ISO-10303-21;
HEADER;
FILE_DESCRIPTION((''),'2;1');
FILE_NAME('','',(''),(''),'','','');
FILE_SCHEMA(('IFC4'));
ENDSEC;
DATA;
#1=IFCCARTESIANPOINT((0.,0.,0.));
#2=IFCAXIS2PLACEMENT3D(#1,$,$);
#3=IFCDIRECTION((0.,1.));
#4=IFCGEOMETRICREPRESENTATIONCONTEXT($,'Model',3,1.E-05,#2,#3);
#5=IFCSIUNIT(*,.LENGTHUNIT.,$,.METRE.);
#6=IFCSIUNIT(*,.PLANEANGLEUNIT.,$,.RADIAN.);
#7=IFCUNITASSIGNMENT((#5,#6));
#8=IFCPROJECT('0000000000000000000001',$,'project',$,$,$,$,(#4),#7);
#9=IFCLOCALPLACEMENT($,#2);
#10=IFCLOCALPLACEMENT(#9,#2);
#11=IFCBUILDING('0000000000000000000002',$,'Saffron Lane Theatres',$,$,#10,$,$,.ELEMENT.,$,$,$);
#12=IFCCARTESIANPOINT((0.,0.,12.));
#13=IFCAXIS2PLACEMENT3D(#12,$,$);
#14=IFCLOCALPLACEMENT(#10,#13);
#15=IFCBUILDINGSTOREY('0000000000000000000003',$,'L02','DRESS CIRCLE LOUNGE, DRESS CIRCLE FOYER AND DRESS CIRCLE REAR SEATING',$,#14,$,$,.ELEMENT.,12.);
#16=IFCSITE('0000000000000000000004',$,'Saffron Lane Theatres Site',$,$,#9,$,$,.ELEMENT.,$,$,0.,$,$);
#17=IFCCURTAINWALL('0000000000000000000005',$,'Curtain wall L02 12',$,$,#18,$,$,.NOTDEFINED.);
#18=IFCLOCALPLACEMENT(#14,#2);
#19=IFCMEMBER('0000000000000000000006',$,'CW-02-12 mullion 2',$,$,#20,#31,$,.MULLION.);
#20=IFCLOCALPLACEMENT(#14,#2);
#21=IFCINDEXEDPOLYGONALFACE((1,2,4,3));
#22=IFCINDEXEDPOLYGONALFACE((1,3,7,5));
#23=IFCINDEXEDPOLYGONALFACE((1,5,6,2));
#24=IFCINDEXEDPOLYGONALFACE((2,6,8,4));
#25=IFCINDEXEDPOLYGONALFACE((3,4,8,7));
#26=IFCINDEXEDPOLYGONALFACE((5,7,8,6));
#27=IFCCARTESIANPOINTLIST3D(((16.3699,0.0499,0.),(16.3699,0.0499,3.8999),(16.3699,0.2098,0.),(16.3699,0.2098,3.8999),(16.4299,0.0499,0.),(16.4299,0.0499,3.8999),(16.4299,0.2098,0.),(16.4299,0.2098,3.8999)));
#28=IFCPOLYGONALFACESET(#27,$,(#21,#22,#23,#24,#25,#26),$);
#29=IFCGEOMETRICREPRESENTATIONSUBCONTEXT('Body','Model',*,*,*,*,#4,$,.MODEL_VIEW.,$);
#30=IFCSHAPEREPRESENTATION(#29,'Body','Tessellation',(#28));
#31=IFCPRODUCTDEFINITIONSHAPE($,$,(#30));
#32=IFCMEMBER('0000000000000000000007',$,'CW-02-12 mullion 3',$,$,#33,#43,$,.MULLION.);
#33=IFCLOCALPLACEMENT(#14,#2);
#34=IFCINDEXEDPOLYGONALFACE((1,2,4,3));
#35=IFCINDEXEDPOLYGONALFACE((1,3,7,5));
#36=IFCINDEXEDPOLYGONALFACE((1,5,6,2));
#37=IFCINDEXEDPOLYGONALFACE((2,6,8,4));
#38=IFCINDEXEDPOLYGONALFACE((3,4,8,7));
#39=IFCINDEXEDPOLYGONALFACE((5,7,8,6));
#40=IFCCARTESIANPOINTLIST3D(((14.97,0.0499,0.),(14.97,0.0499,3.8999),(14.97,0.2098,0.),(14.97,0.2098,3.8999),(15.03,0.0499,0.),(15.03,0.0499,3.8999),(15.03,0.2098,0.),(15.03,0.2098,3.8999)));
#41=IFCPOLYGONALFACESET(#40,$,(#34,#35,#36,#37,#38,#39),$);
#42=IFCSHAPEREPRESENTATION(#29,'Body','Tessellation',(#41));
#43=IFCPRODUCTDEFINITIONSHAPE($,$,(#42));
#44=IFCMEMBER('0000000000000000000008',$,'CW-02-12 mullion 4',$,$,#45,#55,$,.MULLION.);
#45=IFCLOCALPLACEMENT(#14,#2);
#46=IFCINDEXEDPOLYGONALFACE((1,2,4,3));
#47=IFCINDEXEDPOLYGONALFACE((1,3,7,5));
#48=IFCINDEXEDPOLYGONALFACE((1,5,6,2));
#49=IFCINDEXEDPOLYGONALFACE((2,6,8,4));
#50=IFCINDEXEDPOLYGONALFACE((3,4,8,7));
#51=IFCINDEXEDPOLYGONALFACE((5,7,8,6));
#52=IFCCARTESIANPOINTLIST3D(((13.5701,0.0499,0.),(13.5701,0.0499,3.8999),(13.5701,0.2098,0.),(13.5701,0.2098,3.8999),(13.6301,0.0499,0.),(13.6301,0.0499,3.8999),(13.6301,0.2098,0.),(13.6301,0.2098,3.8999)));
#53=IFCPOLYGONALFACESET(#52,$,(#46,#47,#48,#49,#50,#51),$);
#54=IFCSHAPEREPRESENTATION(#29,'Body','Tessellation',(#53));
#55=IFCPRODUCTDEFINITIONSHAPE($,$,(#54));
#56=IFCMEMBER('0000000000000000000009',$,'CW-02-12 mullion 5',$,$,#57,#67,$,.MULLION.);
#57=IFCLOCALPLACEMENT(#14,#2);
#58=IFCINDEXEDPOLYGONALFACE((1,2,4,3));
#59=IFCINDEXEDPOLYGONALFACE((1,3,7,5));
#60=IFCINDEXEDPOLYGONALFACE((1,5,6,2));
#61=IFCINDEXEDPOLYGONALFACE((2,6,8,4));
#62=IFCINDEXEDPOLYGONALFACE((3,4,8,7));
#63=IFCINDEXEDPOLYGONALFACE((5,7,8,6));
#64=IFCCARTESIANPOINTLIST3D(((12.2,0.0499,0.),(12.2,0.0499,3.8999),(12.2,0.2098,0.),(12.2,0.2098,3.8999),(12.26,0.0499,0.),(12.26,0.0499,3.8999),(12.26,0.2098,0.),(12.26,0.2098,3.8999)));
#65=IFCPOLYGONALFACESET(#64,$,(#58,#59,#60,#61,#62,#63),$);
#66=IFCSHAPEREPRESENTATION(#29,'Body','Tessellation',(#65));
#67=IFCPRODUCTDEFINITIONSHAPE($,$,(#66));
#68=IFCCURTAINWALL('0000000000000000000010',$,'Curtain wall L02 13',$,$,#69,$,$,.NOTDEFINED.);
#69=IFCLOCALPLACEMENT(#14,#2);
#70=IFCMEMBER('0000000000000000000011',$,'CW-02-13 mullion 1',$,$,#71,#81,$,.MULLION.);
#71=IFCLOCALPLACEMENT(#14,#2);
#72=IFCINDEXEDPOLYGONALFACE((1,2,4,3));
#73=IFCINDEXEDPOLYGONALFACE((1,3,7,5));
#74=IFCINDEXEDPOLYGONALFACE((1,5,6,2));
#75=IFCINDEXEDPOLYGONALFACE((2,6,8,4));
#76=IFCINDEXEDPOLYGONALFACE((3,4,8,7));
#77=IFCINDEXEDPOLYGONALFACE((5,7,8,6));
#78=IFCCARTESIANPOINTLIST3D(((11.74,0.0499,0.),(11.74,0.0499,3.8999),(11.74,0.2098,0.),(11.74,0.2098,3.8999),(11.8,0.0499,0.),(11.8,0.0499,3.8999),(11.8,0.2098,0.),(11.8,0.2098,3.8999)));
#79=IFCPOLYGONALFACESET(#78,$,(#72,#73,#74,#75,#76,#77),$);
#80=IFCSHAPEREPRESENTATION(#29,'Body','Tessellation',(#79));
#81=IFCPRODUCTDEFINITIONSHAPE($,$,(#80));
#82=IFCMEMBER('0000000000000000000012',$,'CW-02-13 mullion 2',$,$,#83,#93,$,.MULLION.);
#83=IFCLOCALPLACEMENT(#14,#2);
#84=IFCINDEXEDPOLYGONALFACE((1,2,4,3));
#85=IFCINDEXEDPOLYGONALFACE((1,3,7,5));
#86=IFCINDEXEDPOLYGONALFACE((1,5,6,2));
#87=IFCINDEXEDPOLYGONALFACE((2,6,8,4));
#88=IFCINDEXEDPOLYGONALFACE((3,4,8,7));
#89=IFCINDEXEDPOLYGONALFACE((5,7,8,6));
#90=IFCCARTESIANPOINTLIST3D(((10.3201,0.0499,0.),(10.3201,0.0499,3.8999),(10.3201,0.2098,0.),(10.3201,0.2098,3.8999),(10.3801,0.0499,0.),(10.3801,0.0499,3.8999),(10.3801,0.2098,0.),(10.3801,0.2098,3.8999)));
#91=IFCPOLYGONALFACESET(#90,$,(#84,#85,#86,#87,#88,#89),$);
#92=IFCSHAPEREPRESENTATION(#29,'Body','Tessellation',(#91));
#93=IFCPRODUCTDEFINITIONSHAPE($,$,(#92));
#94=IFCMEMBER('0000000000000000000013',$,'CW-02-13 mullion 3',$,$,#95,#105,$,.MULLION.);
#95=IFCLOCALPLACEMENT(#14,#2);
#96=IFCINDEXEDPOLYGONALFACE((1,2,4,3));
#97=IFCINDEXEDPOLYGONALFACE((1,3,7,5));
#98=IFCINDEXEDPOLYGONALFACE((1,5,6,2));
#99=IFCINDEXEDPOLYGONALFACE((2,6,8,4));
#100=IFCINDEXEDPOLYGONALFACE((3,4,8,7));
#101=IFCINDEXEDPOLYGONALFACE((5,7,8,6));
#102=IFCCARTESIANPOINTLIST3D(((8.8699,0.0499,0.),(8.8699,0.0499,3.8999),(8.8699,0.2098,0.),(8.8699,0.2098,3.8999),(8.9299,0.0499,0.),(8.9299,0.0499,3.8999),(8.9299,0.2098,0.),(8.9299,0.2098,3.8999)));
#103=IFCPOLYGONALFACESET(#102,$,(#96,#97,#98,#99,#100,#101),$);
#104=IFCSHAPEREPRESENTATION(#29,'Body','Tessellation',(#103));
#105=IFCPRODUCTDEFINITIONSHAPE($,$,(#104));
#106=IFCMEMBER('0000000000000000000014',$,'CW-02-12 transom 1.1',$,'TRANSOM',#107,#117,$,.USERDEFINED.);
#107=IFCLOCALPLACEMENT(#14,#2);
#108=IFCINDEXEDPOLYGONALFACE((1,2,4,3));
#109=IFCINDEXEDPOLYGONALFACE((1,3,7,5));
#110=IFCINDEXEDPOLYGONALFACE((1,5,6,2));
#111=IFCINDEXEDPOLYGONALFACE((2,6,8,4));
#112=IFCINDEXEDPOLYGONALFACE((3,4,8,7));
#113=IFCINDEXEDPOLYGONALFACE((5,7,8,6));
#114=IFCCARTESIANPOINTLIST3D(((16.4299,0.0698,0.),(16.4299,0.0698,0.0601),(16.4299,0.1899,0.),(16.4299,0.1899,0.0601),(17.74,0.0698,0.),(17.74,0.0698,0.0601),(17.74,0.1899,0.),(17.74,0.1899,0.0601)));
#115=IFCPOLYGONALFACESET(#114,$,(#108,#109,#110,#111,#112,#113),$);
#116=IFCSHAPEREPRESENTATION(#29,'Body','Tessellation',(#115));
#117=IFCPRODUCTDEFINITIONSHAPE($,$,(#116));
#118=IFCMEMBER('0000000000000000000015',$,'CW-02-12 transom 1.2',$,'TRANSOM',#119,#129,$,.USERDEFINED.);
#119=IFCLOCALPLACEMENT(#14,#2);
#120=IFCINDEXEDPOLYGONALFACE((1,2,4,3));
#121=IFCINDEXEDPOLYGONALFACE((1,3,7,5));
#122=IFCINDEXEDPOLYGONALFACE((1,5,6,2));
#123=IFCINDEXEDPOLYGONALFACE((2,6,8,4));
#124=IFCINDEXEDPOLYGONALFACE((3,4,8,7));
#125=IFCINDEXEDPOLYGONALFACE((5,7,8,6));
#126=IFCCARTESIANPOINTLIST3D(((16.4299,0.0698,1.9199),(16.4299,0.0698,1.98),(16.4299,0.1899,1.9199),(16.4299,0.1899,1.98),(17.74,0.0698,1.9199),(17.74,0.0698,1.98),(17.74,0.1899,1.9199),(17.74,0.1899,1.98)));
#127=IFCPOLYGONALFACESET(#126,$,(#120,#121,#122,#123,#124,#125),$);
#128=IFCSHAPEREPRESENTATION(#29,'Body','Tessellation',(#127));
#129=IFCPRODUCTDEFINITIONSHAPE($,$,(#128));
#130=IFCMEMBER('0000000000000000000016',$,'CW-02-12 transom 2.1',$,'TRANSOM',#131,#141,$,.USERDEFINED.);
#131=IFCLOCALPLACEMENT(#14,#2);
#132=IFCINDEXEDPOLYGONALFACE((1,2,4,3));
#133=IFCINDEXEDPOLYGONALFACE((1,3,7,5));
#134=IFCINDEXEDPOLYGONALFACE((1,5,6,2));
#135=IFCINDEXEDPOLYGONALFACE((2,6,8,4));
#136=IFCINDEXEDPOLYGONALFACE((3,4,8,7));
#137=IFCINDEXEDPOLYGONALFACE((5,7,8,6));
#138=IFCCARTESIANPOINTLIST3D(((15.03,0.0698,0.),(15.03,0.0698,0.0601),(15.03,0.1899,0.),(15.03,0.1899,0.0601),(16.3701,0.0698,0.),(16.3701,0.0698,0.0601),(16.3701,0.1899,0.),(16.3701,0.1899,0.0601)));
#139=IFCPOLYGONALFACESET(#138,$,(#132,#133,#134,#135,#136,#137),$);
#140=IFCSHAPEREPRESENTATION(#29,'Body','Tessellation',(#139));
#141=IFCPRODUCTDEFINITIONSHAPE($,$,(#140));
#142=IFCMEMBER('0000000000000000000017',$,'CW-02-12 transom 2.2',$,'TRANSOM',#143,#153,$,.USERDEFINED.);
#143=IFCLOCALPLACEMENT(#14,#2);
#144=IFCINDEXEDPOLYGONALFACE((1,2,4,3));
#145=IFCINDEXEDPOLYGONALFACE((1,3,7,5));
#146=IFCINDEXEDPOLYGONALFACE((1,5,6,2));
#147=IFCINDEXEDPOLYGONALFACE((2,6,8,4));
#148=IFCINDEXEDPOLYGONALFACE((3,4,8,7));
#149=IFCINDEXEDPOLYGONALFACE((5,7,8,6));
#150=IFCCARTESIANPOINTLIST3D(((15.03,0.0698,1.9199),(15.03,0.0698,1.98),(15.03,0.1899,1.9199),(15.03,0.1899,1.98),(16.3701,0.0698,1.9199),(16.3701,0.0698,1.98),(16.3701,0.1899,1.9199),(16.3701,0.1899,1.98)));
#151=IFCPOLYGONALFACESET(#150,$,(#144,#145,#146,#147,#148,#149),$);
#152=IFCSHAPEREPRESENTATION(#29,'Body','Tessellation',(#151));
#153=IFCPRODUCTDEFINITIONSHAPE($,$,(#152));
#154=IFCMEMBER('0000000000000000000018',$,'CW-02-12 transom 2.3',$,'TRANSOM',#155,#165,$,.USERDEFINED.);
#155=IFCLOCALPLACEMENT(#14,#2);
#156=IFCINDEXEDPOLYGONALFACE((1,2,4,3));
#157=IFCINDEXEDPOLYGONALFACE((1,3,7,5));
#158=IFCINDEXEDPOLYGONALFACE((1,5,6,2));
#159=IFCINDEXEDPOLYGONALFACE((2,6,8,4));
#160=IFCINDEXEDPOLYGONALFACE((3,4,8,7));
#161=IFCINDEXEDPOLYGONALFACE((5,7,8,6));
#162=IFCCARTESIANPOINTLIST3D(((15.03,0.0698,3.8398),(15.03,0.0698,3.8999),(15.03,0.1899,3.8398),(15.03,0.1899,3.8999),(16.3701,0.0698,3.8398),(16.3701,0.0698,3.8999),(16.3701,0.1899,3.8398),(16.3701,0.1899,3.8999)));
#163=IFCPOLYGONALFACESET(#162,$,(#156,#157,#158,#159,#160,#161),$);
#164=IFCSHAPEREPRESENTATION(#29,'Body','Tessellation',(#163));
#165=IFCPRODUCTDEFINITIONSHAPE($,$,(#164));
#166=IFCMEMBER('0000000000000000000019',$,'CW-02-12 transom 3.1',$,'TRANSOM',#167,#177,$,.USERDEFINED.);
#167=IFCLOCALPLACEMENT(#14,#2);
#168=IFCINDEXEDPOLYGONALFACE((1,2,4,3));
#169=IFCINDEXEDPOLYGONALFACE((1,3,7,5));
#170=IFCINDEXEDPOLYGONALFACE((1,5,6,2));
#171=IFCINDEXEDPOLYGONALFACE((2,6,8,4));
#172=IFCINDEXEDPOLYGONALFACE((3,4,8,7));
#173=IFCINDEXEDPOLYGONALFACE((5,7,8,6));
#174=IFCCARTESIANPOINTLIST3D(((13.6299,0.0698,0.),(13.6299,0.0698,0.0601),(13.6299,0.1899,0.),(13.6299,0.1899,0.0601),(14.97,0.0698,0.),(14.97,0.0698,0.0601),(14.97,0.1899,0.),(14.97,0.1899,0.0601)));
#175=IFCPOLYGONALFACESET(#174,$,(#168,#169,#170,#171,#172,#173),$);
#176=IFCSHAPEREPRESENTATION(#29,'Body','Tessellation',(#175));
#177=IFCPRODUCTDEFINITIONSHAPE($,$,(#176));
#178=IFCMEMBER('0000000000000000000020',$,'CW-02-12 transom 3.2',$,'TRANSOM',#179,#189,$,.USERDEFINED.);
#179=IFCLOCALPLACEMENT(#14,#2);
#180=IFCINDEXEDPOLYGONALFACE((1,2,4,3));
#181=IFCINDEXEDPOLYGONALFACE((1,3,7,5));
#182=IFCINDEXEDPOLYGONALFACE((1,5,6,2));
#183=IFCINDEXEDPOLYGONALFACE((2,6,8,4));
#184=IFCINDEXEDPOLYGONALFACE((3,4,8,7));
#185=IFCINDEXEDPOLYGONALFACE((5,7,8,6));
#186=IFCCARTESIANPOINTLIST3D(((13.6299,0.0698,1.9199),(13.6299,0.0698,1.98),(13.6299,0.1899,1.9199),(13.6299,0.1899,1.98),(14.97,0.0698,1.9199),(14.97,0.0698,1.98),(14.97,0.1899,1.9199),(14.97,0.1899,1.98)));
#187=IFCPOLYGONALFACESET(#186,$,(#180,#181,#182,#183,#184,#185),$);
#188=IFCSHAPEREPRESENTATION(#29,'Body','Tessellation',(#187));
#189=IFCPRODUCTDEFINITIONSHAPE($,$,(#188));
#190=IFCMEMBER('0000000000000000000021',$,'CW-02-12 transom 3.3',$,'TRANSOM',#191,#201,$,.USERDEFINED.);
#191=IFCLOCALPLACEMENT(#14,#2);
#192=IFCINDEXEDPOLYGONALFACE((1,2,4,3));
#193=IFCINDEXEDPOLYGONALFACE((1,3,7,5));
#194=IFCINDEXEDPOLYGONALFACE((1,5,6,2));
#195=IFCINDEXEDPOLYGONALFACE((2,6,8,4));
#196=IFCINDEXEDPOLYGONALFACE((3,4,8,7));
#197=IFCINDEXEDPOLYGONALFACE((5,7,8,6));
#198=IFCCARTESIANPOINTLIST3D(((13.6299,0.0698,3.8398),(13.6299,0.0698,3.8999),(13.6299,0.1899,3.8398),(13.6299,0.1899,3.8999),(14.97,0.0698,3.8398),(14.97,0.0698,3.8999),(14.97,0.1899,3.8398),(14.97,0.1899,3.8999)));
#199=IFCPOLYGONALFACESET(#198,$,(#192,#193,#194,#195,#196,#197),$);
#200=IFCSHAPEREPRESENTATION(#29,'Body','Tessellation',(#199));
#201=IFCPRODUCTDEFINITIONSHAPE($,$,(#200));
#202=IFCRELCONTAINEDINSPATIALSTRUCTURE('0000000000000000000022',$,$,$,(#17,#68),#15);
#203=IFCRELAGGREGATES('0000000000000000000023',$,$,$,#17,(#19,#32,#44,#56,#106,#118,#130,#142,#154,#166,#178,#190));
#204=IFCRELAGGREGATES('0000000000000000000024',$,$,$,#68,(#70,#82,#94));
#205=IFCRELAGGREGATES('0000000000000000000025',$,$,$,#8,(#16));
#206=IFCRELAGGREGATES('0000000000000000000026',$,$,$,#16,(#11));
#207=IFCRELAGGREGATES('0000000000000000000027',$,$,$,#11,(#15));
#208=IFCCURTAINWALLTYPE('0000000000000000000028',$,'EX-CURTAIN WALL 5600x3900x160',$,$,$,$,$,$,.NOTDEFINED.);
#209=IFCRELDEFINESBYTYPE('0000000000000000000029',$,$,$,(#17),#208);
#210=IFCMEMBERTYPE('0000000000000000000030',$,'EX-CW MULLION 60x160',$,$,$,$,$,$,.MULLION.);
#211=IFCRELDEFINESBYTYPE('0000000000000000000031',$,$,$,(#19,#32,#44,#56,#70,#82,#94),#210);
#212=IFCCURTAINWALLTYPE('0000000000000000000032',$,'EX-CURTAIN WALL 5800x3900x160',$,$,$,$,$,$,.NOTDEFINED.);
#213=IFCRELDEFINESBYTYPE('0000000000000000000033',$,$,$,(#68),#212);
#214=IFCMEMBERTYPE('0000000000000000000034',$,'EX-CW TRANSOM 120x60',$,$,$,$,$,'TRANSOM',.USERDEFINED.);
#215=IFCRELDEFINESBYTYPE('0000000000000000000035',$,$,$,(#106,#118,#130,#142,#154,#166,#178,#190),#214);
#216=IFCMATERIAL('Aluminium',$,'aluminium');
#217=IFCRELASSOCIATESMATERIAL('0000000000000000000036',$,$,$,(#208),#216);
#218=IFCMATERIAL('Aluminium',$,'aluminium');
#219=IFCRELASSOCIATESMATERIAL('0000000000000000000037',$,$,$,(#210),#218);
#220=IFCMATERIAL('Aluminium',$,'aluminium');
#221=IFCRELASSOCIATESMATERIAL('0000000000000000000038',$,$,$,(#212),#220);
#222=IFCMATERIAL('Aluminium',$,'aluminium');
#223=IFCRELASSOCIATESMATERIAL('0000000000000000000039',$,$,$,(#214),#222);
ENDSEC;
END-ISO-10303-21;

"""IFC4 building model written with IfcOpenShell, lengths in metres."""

from ifc_helpers import new_model, si_unit, direction, frame, origin, origin_2d, place, context, subcontext, project, spatial, rectangle, extrude, material, material_profile, profile_set, type_object, element, aggregate, save


model = new_model("IFC4")

# Units and contexts
model_context = context("Model", 3, precision=1e-05, world=origin(), true_north=direction((0.0, 1.0)))
body_context = subcontext(model_context, "Body", "Model", "MODEL_VIEW")
ifc_project = project(units=[si_unit("LENGTHUNIT", "METRE"), si_unit("PLANEANGLEUNIT", "RADIAN")], contexts=[model_context])

# Site, building, storey
site_placement = place(None, origin())
site = spatial("IfcSite", under=ifc_project, at=site_placement, Name="Saffron Lane Theatres Site", CompositionType="ELEMENT", RefElevation=0.0)
building_placement = place(site_placement, origin())
building = spatial("IfcBuilding", under=site, at=building_placement, Name="Saffron Lane Theatres", CompositionType="ELEMENT")
storey_placement = place(building_placement, frame((0.0, 0.0, 12.0)))
storey = spatial("IfcBuildingStorey", under=building, at=storey_placement, Name="L02", Description="DRESS CIRCLE LOUNGE, DRESS CIRCLE FOYER AND DRESS CIRCLE REAR SEATING", CompositionType="ELEMENT", Elevation=12.0)

# Curtain walls, members
ifc_material_1 = material(Name="Aluminium", Category="aluminium")
curtain_wall_type_1 = type_object("IfcCurtainWallType", Name="EX-CURTAIN WALL 5600x3900x160", PredefinedType="NOTDEFINED", material=ifc_material_1)
curtain_wall_1_placement = place(storey_placement, origin())
curtain_wall_1 = element("IfcCurtainWall", 1, at=curtain_wall_1_placement, inside=storey, type_object=curtain_wall_type_1, Name="Curtain wall L02 12", PredefinedType="NOTDEFINED")
ifc_material_2 = material(Name="Aluminium", Category="aluminium")
ifc_material_profile_1 = material_profile(ifc_material_2, rectangle(XDim=0.0601, YDim=0.1599, at=origin_2d()))
ifc_profile_set_1 = profile_set([ifc_material_profile_1], Name="Aluminium")
member_type_1 = type_object("IfcMemberType", Name="EX-CW MULLION 60x160", PredefinedType="MULLION", material=ifc_profile_set_1)
member_1_placement = place(storey_placement, frame((16.3999, 0.1299, 0.0), z_axis=(0.0, 0.0, 1.0), x_axis=(-1.0, 0.0, 0.0)))
member_1 = element("IfcMember", 2, at=member_1_placement, type_object=member_type_1, Name="CW-02-12 mullion 2", PredefinedType="MULLION", context=body_context, shape_type="SweptSolid", body=[
    extrude(rectangle(XDim=0.0601, YDim=0.1599, at=origin_2d()), origin(), (0.0, 0.0, 1.0), 3.8999),
])
member_2_placement = place(storey_placement, frame((15.0, 0.1299, 0.0), z_axis=(0.0, 0.0, 1.0), x_axis=(-1.0, 0.0, 0.0)))
member_2 = element("IfcMember", 3, at=member_2_placement, type_object=member_type_1, Name="CW-02-12 mullion 3", PredefinedType="MULLION", context=body_context, shape_type="SweptSolid", body=[
    extrude(rectangle(XDim=0.0601, YDim=0.1599, at=origin_2d()), origin(), (0.0, 0.0, 1.0), 3.8999),
])
member_3_placement = place(storey_placement, frame((13.6001, 0.1299, 0.0), z_axis=(0.0, 0.0, 1.0), x_axis=(-1.0, 0.0, 0.0)))
member_3 = element("IfcMember", 4, at=member_3_placement, type_object=member_type_1, Name="CW-02-12 mullion 4", PredefinedType="MULLION", context=body_context, shape_type="SweptSolid", body=[
    extrude(rectangle(XDim=0.0601, YDim=0.1599, at=origin_2d()), origin(), (0.0, 0.0, 1.0), 3.8999),
])
member_4_placement = place(storey_placement, frame((12.23, 0.1299, 0.0), z_axis=(0.0, 0.0, 1.0), x_axis=(-1.0, 0.0, 0.0)))
member_4 = element("IfcMember", 5, at=member_4_placement, type_object=member_type_1, Name="CW-02-12 mullion 5", PredefinedType="MULLION", context=body_context, shape_type="SweptSolid", body=[
    extrude(rectangle(XDim=0.0601, YDim=0.1599, at=origin_2d()), origin(), (0.0, 0.0, 1.0), 3.8999),
])
ifc_material_3 = material(Name="Aluminium", Category="aluminium")
curtain_wall_type_2 = type_object("IfcCurtainWallType", Name="EX-CURTAIN WALL 5800x3900x160", PredefinedType="NOTDEFINED", material=ifc_material_3)
curtain_wall_2_placement = place(storey_placement, origin())
curtain_wall_2 = element("IfcCurtainWall", 6, at=curtain_wall_2_placement, inside=storey, type_object=curtain_wall_type_2, Name="Curtain wall L02 13", PredefinedType="NOTDEFINED")
member_5_placement = place(storey_placement, frame((11.77, 0.1299, 0.0), z_axis=(0.0, 0.0, 1.0), x_axis=(-1.0, 0.0, 0.0)))
member_5 = element("IfcMember", 7, at=member_5_placement, type_object=member_type_1, Name="CW-02-13 mullion 1", PredefinedType="MULLION", context=body_context, shape_type="SweptSolid", body=[
    extrude(rectangle(XDim=0.0601, YDim=0.1599, at=origin_2d()), origin(), (0.0, 0.0, 1.0), 3.8999),
])
member_6_placement = place(storey_placement, frame((10.3501, 0.1299, 0.0), z_axis=(0.0, 0.0, 1.0), x_axis=(-1.0, 0.0, 0.0)))
member_6 = element("IfcMember", 8, at=member_6_placement, type_object=member_type_1, Name="CW-02-13 mullion 2", PredefinedType="MULLION", context=body_context, shape_type="SweptSolid", body=[
    extrude(rectangle(XDim=0.0601, YDim=0.1599, at=origin_2d()), origin(), (0.0, 0.0, 1.0), 3.8999),
])
member_7_placement = place(storey_placement, frame((8.8999, 0.1299, 0.0), z_axis=(0.0, 0.0, 1.0), x_axis=(-1.0, 0.0, 0.0)))
member_7 = element("IfcMember", 9, at=member_7_placement, type_object=member_type_1, Name="CW-02-13 mullion 3", PredefinedType="MULLION", context=body_context, shape_type="SweptSolid", body=[
    extrude(rectangle(XDim=0.0601, YDim=0.1599, at=origin_2d()), origin(), (0.0, 0.0, 1.0), 3.8999),
])

# Members
ifc_material_4 = material(Name="Aluminium", Category="aluminium")
ifc_material_profile_2 = material_profile(ifc_material_4, rectangle(XDim=0.1201, YDim=0.0601, at=origin_2d()))
ifc_profile_set_2 = profile_set([ifc_material_profile_2], Name="Aluminium")
member_type_2 = type_object("IfcMemberType", Name="EX-CW TRANSOM 120x60", ElementType="TRANSOM", PredefinedType="USERDEFINED", material=ifc_profile_set_2)
member_8_placement = place(storey_placement, frame((17.74, 0.1299, 0.03), z_axis=(-1.0, 0.0, 0.0), x_axis=(0.0, -1.0, 0.0)))
member_8 = element("IfcMember", 10, at=member_8_placement, type_object=member_type_2, Name="CW-02-12 transom 1.1", ObjectType="TRANSOM", PredefinedType="USERDEFINED", context=body_context, shape_type="SweptSolid", body=[
    extrude(rectangle(XDim=0.1201, YDim=0.0601, at=origin_2d()), origin(), (0.0, 0.0, 1.0), 1.3101),
])
member_9_placement = place(storey_placement, frame((17.74, 0.1299, 1.95), z_axis=(-1.0, 0.0, 0.0), x_axis=(0.0, -1.0, 0.0)))
member_9 = element("IfcMember", 11, at=member_9_placement, type_object=member_type_2, Name="CW-02-12 transom 1.2", ObjectType="TRANSOM", PredefinedType="USERDEFINED", context=body_context, shape_type="SweptSolid", body=[
    extrude(rectangle(XDim=0.1201, YDim=0.0601, at=origin_2d()), origin(), (0.0, 0.0, 1.0), 1.3101),
])
member_10_placement = place(storey_placement, frame((16.3701, 0.1299, 0.03), z_axis=(-1.0, 0.0, 0.0), x_axis=(0.0, -1.0, 0.0)))
member_10 = element("IfcMember", 12, at=member_10_placement, type_object=member_type_2, Name="CW-02-12 transom 2.1", ObjectType="TRANSOM", PredefinedType="USERDEFINED", context=body_context, shape_type="SweptSolid", body=[
    extrude(rectangle(XDim=0.1201, YDim=0.0601, at=origin_2d()), origin(), (0.0, 0.0, 1.0), 1.3401),
])
member_11_placement = place(storey_placement, frame((16.3701, 0.1299, 1.95), z_axis=(-1.0, 0.0, 0.0), x_axis=(0.0, -1.0, 0.0)))
member_11 = element("IfcMember", 13, at=member_11_placement, type_object=member_type_2, Name="CW-02-12 transom 2.2", ObjectType="TRANSOM", PredefinedType="USERDEFINED", context=body_context, shape_type="SweptSolid", body=[
    extrude(rectangle(XDim=0.1201, YDim=0.0601, at=origin_2d()), origin(), (0.0, 0.0, 1.0), 1.3401),
])
member_12_placement = place(storey_placement, frame((16.3701, 0.1299, 3.8699), z_axis=(-1.0, 0.0, 0.0), x_axis=(0.0, -1.0, 0.0)))
member_12 = element("IfcMember", 14, at=member_12_placement, type_object=member_type_2, Name="CW-02-12 transom 2.3", ObjectType="TRANSOM", PredefinedType="USERDEFINED", context=body_context, shape_type="SweptSolid", body=[
    extrude(rectangle(XDim=0.1201, YDim=0.0601, at=origin_2d()), origin(), (0.0, 0.0, 1.0), 1.3401),
])
member_13_placement = place(storey_placement, frame((14.97, 0.1299, 0.03), z_axis=(-1.0, 0.0, 0.0), x_axis=(0.0, -1.0, 0.0)))
member_13 = element("IfcMember", 15, at=member_13_placement, type_object=member_type_2, Name="CW-02-12 transom 3.1", ObjectType="TRANSOM", PredefinedType="USERDEFINED", context=body_context, shape_type="SweptSolid", body=[
    extrude(rectangle(XDim=0.1201, YDim=0.0601, at=origin_2d()), origin(), (0.0, 0.0, 1.0), 1.3401),
])
member_14_placement = place(storey_placement, frame((14.97, 0.1299, 1.95), z_axis=(-1.0, 0.0, 0.0), x_axis=(0.0, -1.0, 0.0)))
member_14 = element("IfcMember", 16, at=member_14_placement, type_object=member_type_2, Name="CW-02-12 transom 3.2", ObjectType="TRANSOM", PredefinedType="USERDEFINED", context=body_context, shape_type="SweptSolid", body=[
    extrude(rectangle(XDim=0.1201, YDim=0.0601, at=origin_2d()), origin(), (0.0, 0.0, 1.0), 1.3401),
])
member_15_placement = place(storey_placement, frame((14.97, 0.1299, 3.8699), z_axis=(-1.0, 0.0, 0.0), x_axis=(0.0, -1.0, 0.0)))
member_15 = element("IfcMember", 17, at=member_15_placement, type_object=member_type_2, Name="CW-02-12 transom 3.3", ObjectType="TRANSOM", PredefinedType="USERDEFINED", context=body_context, shape_type="SweptSolid", body=[
    extrude(rectangle(XDim=0.1201, YDim=0.0601, at=origin_2d()), origin(), (0.0, 0.0, 1.0), 1.3401),
])

aggregate(curtain_wall_1, [member_1, member_2, member_3, member_4, member_8, member_9, member_10, member_11, member_12, member_13, member_14, member_15])
aggregate(curtain_wall_2, [member_5, member_6, member_7])

save(model, "model.ifc")
